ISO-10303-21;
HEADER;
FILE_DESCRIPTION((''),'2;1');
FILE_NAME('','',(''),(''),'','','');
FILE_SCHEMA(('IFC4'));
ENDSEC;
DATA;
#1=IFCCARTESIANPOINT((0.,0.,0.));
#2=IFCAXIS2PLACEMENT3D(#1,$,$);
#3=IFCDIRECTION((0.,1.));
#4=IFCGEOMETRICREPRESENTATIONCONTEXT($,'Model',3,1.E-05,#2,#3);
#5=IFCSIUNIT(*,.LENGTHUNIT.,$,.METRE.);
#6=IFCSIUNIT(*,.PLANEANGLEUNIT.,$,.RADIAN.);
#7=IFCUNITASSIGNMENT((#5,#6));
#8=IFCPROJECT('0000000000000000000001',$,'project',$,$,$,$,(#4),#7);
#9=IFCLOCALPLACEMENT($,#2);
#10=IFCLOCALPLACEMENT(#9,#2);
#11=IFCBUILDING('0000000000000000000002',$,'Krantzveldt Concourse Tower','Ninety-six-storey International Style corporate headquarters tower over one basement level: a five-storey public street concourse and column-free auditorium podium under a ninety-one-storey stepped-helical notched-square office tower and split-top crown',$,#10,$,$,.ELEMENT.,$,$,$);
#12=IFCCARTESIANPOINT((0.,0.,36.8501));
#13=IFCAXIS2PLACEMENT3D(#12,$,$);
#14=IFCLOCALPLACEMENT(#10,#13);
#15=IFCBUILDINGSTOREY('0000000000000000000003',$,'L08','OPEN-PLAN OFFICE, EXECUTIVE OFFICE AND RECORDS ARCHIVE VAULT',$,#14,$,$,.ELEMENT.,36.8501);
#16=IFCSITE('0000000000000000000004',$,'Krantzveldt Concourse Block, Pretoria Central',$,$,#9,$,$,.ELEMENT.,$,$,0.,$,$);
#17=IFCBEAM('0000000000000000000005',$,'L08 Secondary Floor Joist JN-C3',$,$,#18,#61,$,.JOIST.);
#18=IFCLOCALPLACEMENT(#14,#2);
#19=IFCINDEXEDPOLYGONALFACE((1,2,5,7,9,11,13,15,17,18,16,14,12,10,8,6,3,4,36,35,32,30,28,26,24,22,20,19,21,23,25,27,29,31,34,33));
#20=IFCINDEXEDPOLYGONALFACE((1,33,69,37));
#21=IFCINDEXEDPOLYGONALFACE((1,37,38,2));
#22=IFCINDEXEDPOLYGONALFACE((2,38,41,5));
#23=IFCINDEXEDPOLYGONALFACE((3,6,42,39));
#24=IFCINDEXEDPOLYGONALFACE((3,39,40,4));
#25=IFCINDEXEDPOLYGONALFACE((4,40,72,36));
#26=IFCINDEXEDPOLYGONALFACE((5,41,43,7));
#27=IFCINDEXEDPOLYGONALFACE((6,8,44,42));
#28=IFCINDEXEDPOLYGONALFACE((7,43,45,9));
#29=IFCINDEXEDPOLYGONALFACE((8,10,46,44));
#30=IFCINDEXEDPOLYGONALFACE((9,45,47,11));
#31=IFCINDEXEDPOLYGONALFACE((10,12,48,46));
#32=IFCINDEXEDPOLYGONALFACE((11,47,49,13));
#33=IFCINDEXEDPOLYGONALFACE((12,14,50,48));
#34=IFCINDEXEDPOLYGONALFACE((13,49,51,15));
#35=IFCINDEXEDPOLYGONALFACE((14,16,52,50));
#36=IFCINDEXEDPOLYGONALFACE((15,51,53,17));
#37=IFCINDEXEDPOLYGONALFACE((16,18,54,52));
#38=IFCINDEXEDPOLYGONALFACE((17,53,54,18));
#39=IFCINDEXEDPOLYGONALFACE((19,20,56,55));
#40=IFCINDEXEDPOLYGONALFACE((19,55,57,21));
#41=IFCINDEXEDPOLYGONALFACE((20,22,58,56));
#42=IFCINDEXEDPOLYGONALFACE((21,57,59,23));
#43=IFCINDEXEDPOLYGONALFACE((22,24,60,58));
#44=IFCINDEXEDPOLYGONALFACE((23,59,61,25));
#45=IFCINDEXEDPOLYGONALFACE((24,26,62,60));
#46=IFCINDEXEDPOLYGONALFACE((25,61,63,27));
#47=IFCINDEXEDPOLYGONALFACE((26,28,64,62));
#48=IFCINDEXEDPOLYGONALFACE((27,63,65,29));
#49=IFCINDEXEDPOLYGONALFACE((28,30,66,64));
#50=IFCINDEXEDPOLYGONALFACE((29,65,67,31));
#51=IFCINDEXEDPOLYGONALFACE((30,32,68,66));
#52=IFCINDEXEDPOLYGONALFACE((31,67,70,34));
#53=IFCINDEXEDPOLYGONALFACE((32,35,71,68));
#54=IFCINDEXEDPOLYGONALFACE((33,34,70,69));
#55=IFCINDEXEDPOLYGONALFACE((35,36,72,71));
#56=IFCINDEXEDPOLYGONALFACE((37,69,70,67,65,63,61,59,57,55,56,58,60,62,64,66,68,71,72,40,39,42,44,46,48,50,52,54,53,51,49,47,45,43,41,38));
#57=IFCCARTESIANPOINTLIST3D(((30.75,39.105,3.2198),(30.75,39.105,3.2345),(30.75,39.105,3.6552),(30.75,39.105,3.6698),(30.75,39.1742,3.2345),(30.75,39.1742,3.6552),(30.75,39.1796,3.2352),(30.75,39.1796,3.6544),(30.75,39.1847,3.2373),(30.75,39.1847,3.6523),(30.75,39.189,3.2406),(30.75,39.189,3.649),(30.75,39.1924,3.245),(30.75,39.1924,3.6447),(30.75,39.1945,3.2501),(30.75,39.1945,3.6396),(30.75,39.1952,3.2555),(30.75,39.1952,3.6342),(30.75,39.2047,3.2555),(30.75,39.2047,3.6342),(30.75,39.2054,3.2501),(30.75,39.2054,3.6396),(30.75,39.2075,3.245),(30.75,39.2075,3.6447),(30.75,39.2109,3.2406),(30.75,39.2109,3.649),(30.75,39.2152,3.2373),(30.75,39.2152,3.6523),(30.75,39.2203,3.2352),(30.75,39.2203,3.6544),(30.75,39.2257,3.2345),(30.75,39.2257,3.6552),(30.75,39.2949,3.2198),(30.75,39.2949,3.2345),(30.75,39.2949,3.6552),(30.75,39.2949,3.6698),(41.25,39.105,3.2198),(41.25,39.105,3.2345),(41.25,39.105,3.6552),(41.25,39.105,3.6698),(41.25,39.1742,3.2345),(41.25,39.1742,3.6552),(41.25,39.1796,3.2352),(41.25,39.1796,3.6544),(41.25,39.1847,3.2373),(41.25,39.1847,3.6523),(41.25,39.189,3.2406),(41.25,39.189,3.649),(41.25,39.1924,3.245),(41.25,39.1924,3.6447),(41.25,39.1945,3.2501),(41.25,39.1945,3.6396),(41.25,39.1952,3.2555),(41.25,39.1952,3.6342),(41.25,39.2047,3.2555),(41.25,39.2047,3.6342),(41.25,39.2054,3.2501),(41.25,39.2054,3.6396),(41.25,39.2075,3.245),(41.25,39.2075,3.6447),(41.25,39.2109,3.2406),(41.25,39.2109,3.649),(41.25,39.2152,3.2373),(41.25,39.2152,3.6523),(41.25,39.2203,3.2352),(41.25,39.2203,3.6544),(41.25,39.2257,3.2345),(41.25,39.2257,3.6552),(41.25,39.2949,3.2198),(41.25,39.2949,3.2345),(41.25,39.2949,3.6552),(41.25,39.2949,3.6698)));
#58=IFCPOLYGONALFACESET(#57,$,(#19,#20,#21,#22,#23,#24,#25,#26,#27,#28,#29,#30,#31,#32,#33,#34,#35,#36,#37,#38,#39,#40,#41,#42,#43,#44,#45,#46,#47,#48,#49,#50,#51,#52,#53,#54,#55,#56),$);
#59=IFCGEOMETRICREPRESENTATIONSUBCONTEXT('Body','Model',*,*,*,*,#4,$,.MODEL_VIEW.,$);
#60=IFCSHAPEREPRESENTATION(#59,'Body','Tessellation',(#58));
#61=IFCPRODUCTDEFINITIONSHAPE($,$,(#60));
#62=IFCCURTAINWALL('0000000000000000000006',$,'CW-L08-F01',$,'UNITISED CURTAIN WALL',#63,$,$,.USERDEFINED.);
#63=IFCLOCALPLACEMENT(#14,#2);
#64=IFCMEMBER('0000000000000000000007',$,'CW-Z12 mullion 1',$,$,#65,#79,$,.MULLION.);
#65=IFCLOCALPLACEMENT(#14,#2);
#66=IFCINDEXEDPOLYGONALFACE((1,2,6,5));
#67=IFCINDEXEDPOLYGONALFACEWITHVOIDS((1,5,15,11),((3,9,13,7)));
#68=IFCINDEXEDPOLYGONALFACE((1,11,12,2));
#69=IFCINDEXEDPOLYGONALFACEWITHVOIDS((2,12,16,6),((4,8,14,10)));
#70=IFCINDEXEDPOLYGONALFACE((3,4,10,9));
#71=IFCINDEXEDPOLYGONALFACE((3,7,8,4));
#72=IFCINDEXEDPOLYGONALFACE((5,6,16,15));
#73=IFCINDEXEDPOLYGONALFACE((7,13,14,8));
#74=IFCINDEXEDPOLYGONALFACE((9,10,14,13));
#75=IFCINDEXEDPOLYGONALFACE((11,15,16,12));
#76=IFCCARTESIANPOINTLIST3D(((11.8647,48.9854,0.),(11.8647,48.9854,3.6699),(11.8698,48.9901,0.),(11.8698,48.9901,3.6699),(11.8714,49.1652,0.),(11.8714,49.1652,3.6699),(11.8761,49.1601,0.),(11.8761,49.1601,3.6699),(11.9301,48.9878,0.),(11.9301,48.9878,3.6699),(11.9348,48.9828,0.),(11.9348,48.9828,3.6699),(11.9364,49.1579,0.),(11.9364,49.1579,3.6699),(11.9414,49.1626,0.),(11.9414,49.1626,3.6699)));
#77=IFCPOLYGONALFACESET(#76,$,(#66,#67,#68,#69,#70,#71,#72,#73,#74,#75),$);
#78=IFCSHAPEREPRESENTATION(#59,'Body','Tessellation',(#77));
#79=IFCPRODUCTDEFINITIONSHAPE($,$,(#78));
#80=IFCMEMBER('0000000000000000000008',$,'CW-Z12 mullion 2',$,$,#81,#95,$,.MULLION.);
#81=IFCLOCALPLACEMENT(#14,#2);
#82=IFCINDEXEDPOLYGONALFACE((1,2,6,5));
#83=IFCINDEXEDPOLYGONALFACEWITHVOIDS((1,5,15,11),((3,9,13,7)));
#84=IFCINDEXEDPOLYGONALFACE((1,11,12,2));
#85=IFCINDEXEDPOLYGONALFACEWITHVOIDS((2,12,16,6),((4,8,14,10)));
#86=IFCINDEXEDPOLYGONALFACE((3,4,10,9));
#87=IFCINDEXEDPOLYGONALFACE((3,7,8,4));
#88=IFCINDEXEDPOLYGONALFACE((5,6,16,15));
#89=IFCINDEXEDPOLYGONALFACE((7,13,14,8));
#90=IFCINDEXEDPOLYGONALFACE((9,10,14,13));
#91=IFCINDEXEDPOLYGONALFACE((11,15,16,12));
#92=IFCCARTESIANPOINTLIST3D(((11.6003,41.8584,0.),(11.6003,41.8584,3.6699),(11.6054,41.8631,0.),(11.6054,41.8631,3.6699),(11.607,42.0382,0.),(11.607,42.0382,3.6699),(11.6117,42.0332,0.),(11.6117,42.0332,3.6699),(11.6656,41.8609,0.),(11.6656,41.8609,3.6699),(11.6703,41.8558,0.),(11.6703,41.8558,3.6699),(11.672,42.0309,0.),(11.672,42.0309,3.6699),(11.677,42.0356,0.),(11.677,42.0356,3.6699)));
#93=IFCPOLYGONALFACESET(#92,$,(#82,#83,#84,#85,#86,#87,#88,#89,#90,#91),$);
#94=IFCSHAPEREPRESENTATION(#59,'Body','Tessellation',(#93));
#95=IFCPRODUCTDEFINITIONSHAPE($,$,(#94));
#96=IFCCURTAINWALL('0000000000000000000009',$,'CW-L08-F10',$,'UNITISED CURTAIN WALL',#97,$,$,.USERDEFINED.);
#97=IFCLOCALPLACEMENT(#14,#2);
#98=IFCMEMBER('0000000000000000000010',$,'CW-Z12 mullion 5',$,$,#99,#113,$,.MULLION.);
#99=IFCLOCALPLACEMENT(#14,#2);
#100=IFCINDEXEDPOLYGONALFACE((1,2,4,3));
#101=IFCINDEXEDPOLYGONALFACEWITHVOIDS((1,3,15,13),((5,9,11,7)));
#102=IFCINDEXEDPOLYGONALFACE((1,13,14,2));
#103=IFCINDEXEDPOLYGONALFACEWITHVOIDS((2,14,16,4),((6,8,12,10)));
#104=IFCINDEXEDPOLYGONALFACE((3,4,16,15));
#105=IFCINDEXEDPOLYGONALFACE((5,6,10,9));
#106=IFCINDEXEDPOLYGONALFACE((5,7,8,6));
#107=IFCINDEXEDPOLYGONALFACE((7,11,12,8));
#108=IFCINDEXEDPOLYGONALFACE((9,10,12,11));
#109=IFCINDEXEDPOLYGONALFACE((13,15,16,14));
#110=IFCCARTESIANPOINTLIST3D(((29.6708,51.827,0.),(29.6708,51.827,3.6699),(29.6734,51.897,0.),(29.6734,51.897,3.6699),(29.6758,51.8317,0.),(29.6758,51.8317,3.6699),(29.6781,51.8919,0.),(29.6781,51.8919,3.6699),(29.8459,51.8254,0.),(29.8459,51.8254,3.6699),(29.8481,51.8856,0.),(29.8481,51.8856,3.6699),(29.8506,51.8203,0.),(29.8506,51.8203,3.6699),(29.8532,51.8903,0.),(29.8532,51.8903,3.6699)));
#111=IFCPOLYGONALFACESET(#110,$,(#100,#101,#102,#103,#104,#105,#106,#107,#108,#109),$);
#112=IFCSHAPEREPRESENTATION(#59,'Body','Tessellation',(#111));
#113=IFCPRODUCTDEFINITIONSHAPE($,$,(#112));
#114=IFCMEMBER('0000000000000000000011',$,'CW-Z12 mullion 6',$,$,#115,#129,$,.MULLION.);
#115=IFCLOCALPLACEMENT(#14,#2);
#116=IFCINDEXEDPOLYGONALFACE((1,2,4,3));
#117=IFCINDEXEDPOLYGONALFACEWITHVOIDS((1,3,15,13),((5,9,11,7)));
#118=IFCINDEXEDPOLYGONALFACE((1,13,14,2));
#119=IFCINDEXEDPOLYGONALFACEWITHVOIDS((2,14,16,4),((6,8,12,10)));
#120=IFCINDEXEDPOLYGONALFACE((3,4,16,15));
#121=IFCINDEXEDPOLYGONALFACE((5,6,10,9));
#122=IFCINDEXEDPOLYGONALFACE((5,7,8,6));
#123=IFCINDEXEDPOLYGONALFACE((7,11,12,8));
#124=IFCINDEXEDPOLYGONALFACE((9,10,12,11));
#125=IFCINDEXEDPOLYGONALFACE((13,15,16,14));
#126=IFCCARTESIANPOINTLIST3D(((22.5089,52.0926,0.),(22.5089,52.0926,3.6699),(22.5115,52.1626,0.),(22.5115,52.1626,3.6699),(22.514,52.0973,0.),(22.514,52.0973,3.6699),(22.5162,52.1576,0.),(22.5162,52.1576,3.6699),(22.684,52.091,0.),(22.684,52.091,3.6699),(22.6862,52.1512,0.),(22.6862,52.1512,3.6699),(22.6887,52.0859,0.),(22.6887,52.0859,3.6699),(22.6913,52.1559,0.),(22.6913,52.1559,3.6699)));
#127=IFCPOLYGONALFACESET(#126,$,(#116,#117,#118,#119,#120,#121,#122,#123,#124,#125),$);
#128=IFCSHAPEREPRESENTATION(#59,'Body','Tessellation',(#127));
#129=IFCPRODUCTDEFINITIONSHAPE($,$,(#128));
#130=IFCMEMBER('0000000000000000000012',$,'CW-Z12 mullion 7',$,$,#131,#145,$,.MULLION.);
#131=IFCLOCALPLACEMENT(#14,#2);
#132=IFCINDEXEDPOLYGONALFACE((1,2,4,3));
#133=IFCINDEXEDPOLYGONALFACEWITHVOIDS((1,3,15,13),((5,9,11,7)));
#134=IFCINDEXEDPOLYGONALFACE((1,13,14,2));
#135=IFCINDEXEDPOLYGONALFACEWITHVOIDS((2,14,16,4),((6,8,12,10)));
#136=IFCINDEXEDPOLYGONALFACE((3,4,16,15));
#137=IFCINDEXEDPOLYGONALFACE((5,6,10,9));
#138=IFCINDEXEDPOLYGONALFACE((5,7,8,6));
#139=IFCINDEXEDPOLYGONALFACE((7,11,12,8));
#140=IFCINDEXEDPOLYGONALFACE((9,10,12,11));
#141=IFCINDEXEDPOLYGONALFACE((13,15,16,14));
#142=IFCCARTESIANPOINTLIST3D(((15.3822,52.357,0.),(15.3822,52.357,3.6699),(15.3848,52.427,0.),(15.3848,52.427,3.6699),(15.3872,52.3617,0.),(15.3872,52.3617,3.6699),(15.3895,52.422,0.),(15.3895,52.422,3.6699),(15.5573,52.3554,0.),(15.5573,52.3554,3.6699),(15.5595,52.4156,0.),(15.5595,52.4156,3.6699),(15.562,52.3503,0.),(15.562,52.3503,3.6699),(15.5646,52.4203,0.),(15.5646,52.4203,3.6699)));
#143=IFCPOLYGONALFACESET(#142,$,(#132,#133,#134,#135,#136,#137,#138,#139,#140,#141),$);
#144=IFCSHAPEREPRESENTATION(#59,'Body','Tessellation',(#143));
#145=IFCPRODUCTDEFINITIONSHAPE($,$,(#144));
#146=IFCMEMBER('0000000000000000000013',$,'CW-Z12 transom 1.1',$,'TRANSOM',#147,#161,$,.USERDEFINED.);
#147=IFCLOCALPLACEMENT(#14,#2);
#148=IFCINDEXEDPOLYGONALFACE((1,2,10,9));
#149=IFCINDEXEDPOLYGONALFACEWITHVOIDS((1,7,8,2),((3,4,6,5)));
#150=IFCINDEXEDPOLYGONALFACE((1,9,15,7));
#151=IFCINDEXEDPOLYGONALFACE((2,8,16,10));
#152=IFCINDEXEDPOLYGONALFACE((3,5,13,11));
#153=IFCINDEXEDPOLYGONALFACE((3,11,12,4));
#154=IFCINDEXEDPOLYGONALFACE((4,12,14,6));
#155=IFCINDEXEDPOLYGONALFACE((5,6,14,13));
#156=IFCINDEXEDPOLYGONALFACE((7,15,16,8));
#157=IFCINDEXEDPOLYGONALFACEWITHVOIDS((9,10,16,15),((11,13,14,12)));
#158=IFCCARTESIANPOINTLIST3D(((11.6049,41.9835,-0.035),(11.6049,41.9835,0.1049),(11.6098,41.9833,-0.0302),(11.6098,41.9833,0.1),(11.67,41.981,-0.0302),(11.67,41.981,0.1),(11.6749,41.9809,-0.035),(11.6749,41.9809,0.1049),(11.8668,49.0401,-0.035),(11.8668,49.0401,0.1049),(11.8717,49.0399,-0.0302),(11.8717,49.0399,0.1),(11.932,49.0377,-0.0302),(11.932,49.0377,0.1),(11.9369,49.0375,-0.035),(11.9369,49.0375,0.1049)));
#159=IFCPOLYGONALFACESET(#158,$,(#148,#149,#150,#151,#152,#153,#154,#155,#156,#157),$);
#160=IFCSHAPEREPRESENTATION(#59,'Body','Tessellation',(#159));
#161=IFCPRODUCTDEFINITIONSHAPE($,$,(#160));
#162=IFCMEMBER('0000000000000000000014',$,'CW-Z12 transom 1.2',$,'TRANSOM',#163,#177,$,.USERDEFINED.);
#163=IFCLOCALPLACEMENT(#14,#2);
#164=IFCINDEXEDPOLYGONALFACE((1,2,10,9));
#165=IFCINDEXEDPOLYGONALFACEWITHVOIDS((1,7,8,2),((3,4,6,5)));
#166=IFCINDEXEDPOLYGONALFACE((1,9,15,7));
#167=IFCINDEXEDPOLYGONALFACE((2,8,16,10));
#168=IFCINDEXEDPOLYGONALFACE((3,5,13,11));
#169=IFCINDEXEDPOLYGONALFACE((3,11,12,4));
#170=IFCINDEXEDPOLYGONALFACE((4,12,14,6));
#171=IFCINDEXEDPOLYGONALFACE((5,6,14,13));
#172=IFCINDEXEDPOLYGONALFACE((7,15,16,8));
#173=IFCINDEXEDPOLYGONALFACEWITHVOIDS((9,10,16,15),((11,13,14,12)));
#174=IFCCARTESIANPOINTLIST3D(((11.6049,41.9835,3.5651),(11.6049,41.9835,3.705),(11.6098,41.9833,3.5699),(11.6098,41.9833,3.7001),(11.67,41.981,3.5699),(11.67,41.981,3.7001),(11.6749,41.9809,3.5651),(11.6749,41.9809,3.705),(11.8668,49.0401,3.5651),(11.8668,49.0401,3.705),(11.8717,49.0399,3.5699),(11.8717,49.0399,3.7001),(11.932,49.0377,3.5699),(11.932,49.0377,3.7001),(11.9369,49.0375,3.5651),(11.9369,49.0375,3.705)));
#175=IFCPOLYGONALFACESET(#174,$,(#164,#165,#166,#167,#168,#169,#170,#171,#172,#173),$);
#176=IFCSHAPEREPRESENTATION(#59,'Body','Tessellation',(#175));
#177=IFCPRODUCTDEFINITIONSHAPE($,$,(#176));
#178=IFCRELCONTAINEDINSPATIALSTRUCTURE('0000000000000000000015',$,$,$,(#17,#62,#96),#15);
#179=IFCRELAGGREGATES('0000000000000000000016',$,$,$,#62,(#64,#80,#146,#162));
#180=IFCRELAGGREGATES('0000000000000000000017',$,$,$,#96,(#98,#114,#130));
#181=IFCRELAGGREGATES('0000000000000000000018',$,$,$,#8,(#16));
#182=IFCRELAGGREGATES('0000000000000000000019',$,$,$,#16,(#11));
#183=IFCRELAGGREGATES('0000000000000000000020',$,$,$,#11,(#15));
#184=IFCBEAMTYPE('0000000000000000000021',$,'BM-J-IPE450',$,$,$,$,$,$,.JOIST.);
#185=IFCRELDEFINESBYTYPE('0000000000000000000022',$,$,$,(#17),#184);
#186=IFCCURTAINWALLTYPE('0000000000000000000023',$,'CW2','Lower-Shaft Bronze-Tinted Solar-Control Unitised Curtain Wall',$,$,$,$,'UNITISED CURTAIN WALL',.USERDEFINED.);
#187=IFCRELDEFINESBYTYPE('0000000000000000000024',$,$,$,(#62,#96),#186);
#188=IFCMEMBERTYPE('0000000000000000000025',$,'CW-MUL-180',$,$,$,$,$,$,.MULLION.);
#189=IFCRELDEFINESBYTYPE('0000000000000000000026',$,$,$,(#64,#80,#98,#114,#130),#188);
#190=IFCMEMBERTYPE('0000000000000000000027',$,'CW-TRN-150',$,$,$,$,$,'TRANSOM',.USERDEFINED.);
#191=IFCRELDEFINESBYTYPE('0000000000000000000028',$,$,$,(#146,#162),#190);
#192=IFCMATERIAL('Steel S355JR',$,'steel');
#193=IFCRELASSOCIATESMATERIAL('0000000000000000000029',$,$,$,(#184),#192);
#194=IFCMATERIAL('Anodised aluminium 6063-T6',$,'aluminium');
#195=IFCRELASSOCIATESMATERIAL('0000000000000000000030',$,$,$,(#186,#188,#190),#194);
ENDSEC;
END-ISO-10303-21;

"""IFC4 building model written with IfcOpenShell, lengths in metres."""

from ifc_helpers import new_model, si_unit, direction, frame, origin, origin_2d, place, context, subcontext, project, spatial, hollow_rectangle, i_section, extrude, source, transform, mapped, material, material_profile, profile_set, type_object, type_shapes, element, aggregate, save


model = new_model("IFC4")

# Units and contexts
model_context = context("Model", 3, precision=1e-05, world=origin(), true_north=direction((0.0, 1.0)))
body_context = subcontext(model_context, "Body", "Model", "MODEL_VIEW")
ifc_project = project(units=[si_unit("LENGTHUNIT", "METRE"), si_unit("PLANEANGLEUNIT", "RADIAN")], contexts=[model_context])

# Site, building, storey
site_placement = place(None, origin())
site = spatial("IfcSite", under=ifc_project, at=site_placement, Name="Krantzveldt Concourse Block, Pretoria Central", CompositionType="ELEMENT", RefElevation=0.0)
building_placement = place(site_placement, origin())
building = spatial("IfcBuilding", under=site, at=building_placement, Name="Krantzveldt Concourse Tower", Description="Ninety-six-storey International Style corporate headquarters tower over one basement level: a five-storey public street concourse and column-free auditorium podium under a ninety-one-storey stepped-helical notched-square office tower and split-top crown", CompositionType="ELEMENT")
storey_placement = place(building_placement, frame((0.0, 0.0, 36.8501)))
storey = spatial("IfcBuildingStorey", under=building, at=storey_placement, Name="L08", Description="OPEN-PLAN OFFICE, EXECUTIVE OFFICE AND RECORDS ARCHIVE VAULT", CompositionType="ELEMENT", Elevation=36.8501)

# Beam
ifc_material_1 = material(Name="Steel S355JR", Category="steel")
ifc_material_profile_1 = material_profile(ifc_material_1, i_section(OverallWidth=0.1899, OverallDepth=0.45, WebThickness=0.0095, FlangeThickness=0.0146, FilletRadius=0.021, at=origin_2d()), Name="Steel S355JR", Category="steel")
ifc_profile_set_1 = profile_set([ifc_material_profile_1], Name="Steel S355JR - IPE 450")
beam_type_1 = type_object("IfcBeamType", Name="BM-J-IPE450", PredefinedType="JOIST", material=ifc_profile_set_1)
shared_shape_1 = source(origin(), body_context, "Body", "SweptSolid", [
    extrude(i_section(OverallWidth=0.1899, OverallDepth=0.45, WebThickness=0.0095, FlangeThickness=0.0146, FilletRadius=0.021, at=origin_2d()), origin(), (0.0, 0.0, 1.0), 10.5),
])
type_shapes(beam_type_1, [shared_shape_1])
beam_1_placement = place(storey_placement, frame((30.75, 39.2, 3.4448), z_axis=(1.0, 0.0, 0.0), x_axis=(0.0, 1.0, 0.0)))
element("IfcBeam", 1, at=beam_1_placement, inside=storey, type_object=beam_type_1, Name="L08 Secondary Floor Joist JN-C3", PredefinedType="JOIST", context=body_context, shape_type="MappedRepresentation", body=[
    mapped(shared_shape_1, transform((0.0, 0.0, 0.0), x_axis=(1.0, 0.0, 0.0), y_axis=(0.0, 1.0, 0.0), z_axis=(0.0, 0.0, 1.0), scale=1.0)),
])

# Curtain walls, members
ifc_material_2 = material(Name="Anodised aluminium 6063-T6", Category="aluminium")
curtain_wall_type = type_object("IfcCurtainWallType", Name="CW2", Description="Lower-Shaft Bronze-Tinted Solar-Control Unitised Curtain Wall", ElementType="UNITISED CURTAIN WALL", PredefinedType="USERDEFINED", material=ifc_material_2)
curtain_wall_1_placement = place(storey_placement, origin())
curtain_wall_1 = element("IfcCurtainWall", 2, at=curtain_wall_1_placement, inside=storey, type_object=curtain_wall_type, Name="CW-L08-F01", ObjectType="UNITISED CURTAIN WALL", PredefinedType="USERDEFINED")
ifc_material_profile_2 = material_profile(ifc_material_2, hollow_rectangle(XDim=0.0701, YDim=0.1799, WallThickness=0.0049, at=origin_2d()), Name="Anodised aluminium 6063-T6", Category="aluminium")
ifc_profile_set_2 = profile_set([ifc_material_profile_2], Name="Anodised aluminium 6063-T6 - ALU-MULL 180x70x5")
member_type_1 = type_object("IfcMemberType", Name="CW-MUL-180", PredefinedType="MULLION", material=ifc_profile_set_2)
shared_shape_2 = source(origin(), body_context, "Body", "SweptSolid", [
    extrude(hollow_rectangle(XDim=0.0701, YDim=0.1799, WallThickness=0.0049, at=origin_2d()), origin(), (0.0, 0.0, 1.0), 3.6699),
])
type_shapes(member_type_1, [shared_shape_2])
member_1_placement = place(storey_placement, frame((11.9031, 49.074, 0.0), z_axis=(0.0, 0.0, 1.0), x_axis=(0.999312, -0.03708, 0.0)))
member_1 = element("IfcMember", 3, at=member_1_placement, type_object=member_type_1, Name="CW-Z12 mullion 1", PredefinedType="MULLION", context=body_context, shape_type="MappedRepresentation", body=[
    mapped(shared_shape_2, transform((0.0, 0.0, 0.0), x_axis=(1.0, 0.0, 0.0), y_axis=(0.0, 1.0, 0.0), z_axis=(0.0, 0.0, 1.0), scale=1.0)),
])
member_2_placement = place(storey_placement, frame((11.6387, 41.947, 0.0), z_axis=(0.0, 0.0, 1.0), x_axis=(0.999312, -0.03708, 0.0)))
member_2 = element("IfcMember", 4, at=member_2_placement, type_object=member_type_1, Name="CW-Z12 mullion 2", PredefinedType="MULLION", context=body_context, shape_type="MappedRepresentation", body=[
    mapped(shared_shape_2, transform((0.0, 0.0, 0.0), x_axis=(1.0, 0.0, 0.0), y_axis=(0.0, 1.0, 0.0), z_axis=(0.0, 0.0, 1.0), scale=1.0)),
])
curtain_wall_2_placement = place(storey_placement, origin())
curtain_wall_2 = element("IfcCurtainWall", 5, at=curtain_wall_2_placement, inside=storey, type_object=curtain_wall_type, Name="CW-L08-F10", ObjectType="UNITISED CURTAIN WALL", PredefinedType="USERDEFINED")
member_3_placement = place(storey_placement, frame((29.762, 51.8586, 0.0), z_axis=(0.0, 0.0, 1.0), x_axis=(-0.03708, -0.999312, 0.0)))
member_3 = element("IfcMember", 6, at=member_3_placement, type_object=member_type_1, Name="CW-Z12 mullion 5", PredefinedType="MULLION", context=body_context, shape_type="MappedRepresentation", body=[
    mapped(shared_shape_2, transform((0.0, 0.0, 0.0), x_axis=(1.0, 0.0, 0.0), y_axis=(0.0, 1.0, 0.0), z_axis=(0.0, 0.0, 1.0), scale=1.0)),
])
member_4_placement = place(storey_placement, frame((22.6001, 52.1243, 0.0), z_axis=(0.0, 0.0, 1.0), x_axis=(-0.03708, -0.999312, 0.0)))
member_4 = element("IfcMember", 7, at=member_4_placement, type_object=member_type_1, Name="CW-Z12 mullion 6", PredefinedType="MULLION", context=body_context, shape_type="MappedRepresentation", body=[
    mapped(shared_shape_2, transform((0.0, 0.0, 0.0), x_axis=(1.0, 0.0, 0.0), y_axis=(0.0, 1.0, 0.0), z_axis=(0.0, 0.0, 1.0), scale=1.0)),
])
member_5_placement = place(storey_placement, frame((15.4734, 52.3887, 0.0), z_axis=(0.0, 0.0, 1.0), x_axis=(-0.03708, -0.999312, 0.0)))
member_5 = element("IfcMember", 8, at=member_5_placement, type_object=member_type_1, Name="CW-Z12 mullion 7", PredefinedType="MULLION", context=body_context, shape_type="MappedRepresentation", body=[
    mapped(shared_shape_2, transform((0.0, 0.0, 0.0), x_axis=(1.0, 0.0, 0.0), y_axis=(0.0, 1.0, 0.0), z_axis=(0.0, 0.0, 1.0), scale=1.0)),
])

# Members
ifc_material_profile_3 = material_profile(ifc_material_2, hollow_rectangle(XDim=0.0701, YDim=0.1399, WallThickness=0.0049, at=origin_2d()), Name="Anodised aluminium 6063-T6", Category="aluminium")
ifc_profile_set_3 = profile_set([ifc_material_profile_3], Name="Anodised aluminium 6063-T6 - ALU-TRAN 140x70x5")
member_type_2 = type_object("IfcMemberType", Name="CW-TRN-150", ElementType="TRANSOM", PredefinedType="USERDEFINED", material=ifc_profile_set_3)
shared_shape_3 = source(origin(), body_context, "Body", "SweptSolid", [
    extrude(hollow_rectangle(XDim=0.0701, YDim=0.1399, WallThickness=0.0049, at=origin_2d()), origin(), (0.0, 0.0, 1.0), 7.0615),
])
member_6_placement = place(storey_placement, frame((11.9019, 49.0388, 0.0349), z_axis=(-0.037097, -0.999312, 0.0), x_axis=(0.999312, -0.037097, 0.0)))
member_6 = element("IfcMember", 9, at=member_6_placement, type_object=member_type_2, Name="CW-Z12 transom 1.1", ObjectType="TRANSOM", PredefinedType="USERDEFINED", context=body_context, shape_type="MappedRepresentation", body=[
    mapped(shared_shape_3, transform((0.0, 0.0, 0.0), x_axis=(1.0, 0.0, 0.0), y_axis=(0.0, 1.0, 0.0), z_axis=(0.0, 0.0, 1.0), scale=1.0)),
])
member_7_placement = place(storey_placement, frame((11.9019, 49.0388, 3.635), z_axis=(-0.037097, -0.999312, 0.0), x_axis=(0.999312, -0.037097, 0.0)))
member_7 = element("IfcMember", 10, at=member_7_placement, type_object=member_type_2, Name="CW-Z12 transom 1.2", ObjectType="TRANSOM", PredefinedType="USERDEFINED", context=body_context, shape_type="MappedRepresentation", body=[
    mapped(shared_shape_3, transform((0.0, 0.0, 0.0), x_axis=(1.0, 0.0, 0.0), y_axis=(0.0, 1.0, 0.0), z_axis=(0.0, 0.0, 1.0), scale=1.0)),
])

aggregate(curtain_wall_1, [member_1, member_2, member_6, member_7])
aggregate(curtain_wall_2, [member_3, member_4, member_5])

save(model, "model.ifc")
